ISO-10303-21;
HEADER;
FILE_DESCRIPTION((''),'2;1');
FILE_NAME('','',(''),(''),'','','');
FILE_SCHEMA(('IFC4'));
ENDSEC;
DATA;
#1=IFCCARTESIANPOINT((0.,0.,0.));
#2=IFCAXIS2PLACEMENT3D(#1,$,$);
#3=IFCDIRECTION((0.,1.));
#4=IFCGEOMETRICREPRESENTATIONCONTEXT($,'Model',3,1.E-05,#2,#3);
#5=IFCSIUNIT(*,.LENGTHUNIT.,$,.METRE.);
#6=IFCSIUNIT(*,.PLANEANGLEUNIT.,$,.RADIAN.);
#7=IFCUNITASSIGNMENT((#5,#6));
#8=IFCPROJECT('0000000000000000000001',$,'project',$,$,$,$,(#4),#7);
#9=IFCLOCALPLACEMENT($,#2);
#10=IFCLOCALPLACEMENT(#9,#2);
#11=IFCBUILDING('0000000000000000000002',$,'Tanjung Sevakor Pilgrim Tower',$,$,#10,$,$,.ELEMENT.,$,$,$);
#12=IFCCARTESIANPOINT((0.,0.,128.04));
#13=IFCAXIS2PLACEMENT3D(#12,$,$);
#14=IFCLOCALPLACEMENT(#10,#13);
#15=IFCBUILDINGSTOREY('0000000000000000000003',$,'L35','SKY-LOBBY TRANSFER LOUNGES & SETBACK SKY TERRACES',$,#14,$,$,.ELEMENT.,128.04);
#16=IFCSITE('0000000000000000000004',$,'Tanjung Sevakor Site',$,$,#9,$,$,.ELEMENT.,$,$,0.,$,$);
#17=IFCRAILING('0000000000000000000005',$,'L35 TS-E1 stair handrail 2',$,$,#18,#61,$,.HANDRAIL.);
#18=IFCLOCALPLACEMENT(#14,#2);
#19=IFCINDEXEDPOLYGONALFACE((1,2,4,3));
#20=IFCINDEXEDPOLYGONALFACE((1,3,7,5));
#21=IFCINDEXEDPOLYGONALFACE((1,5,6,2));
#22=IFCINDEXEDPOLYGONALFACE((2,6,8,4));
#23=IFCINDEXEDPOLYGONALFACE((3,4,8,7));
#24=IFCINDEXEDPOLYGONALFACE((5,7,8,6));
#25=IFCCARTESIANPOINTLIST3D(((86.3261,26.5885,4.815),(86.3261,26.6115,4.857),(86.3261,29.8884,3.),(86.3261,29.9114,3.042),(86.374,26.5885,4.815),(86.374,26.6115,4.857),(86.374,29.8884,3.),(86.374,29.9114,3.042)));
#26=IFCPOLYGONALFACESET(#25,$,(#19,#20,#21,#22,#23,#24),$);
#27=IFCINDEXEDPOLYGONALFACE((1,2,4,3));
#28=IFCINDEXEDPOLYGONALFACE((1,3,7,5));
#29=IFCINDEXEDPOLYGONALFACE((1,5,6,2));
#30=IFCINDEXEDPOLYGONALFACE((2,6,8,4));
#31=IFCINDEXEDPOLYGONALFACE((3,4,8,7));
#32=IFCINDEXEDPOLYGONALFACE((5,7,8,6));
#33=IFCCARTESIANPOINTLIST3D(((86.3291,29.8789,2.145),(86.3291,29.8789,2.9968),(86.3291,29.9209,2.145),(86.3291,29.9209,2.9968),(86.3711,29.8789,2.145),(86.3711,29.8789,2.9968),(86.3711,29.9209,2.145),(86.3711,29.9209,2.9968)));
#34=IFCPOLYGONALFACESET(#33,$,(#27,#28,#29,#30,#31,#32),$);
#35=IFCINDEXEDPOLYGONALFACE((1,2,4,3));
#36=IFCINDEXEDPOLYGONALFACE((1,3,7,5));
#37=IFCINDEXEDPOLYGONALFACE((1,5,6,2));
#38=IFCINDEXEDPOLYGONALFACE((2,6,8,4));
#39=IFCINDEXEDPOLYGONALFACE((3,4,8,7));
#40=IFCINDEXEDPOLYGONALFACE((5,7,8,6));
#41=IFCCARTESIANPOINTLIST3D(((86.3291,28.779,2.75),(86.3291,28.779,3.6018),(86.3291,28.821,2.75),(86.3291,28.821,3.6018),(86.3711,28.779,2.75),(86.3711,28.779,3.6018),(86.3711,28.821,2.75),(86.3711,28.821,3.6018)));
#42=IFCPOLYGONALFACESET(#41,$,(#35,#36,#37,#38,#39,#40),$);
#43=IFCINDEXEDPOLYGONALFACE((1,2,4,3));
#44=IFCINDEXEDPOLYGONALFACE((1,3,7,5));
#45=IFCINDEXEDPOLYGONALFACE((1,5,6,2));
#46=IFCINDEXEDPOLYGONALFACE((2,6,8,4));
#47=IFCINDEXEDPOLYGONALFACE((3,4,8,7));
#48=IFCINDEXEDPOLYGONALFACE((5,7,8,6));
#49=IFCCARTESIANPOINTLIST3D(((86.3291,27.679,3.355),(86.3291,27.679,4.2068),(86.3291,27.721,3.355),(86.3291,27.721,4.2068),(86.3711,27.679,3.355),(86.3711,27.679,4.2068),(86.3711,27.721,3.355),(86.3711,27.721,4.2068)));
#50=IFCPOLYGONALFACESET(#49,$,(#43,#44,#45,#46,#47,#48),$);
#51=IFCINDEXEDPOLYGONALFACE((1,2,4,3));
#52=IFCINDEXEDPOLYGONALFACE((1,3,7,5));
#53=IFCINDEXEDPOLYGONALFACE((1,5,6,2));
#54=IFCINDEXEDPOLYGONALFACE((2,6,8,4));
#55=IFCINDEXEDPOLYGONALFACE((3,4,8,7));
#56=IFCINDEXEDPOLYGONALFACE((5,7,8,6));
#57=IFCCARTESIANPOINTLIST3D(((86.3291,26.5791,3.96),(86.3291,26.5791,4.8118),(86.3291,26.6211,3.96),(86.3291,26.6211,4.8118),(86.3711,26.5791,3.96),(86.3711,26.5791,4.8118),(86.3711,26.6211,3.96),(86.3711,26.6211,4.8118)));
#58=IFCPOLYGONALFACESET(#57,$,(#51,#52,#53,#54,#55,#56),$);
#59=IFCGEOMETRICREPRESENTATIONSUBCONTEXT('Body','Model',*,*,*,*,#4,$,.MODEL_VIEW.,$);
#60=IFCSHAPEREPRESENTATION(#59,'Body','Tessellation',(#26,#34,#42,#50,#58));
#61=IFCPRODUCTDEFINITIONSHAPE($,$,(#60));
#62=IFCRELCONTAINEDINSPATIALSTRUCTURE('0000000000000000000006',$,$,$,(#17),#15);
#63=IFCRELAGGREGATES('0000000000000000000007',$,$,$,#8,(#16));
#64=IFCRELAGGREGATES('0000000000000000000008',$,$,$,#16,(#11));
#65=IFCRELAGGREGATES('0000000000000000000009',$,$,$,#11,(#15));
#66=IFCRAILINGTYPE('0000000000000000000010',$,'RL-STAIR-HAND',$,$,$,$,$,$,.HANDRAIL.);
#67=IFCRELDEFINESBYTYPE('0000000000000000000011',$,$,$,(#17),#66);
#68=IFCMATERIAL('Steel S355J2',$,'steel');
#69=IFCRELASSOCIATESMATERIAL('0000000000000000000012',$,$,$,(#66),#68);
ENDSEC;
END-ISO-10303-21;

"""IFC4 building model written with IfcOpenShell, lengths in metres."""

from ifc_helpers import new_model, si_unit, direction, frame, origin, place, context, subcontext, project, spatial, rectangle, extrude, material, type_object, element, save


model = new_model("IFC4")

# Units and contexts
model_context = context("Model", 3, precision=1e-05, world=origin(), true_north=direction((0.0, 1.0)))
body_context = subcontext(model_context, "Body", "Model", "MODEL_VIEW")
ifc_project = project(units=[si_unit("LENGTHUNIT", "METRE"), si_unit("PLANEANGLEUNIT", "RADIAN")], contexts=[model_context])

# Site, building, storey
site_placement = place(None, origin())
site = spatial("IfcSite", under=ifc_project, at=site_placement, Name="Tanjung Sevakor Site", CompositionType="ELEMENT", RefElevation=0.0)
building_placement = place(site_placement, origin())
building = spatial("IfcBuilding", under=site, at=building_placement, Name="Tanjung Sevakor Pilgrim Tower", CompositionType="ELEMENT")
storey_placement = place(building_placement, frame((0.0, 0.0, 128.04)))
storey = spatial("IfcBuildingStorey", under=building, at=storey_placement, Name="L35", Description="SKY-LOBBY TRANSFER LOUNGES & SETBACK SKY TERRACES", CompositionType="ELEMENT", Elevation=128.04)

# Railing
ifc_material_1 = material(Name="Steel S355J2", Category="steel")
railing_type_1 = type_object("IfcRailingType", Name="RL-STAIR-HAND", PredefinedType="HANDRAIL", material=ifc_material_1)
railing_1_placement = place(storey_placement, frame((86.3501, 29.8999, 2.145)))
element("IfcRailing", 1, at=railing_1_placement, inside=storey, type_object=railing_type_1, Name="L35 TS-E1 stair handrail 2", PredefinedType="HANDRAIL", context=body_context, shape_type="SweptSolid", body=[
    extrude(rectangle(XDim=0.0479, YDim=0.0479), frame((0.0, 0.0, 0.876), z_axis=(0.0, -0.87621, 0.481929), x_axis=(1.0, 0.0, 0.0)), (0.0, 0.0, 1.0), 3.7661),
    extrude(rectangle(XDim=0.042, YDim=0.042), origin(), (0.0, 0.0, 1.0), 0.8518),
    extrude(rectangle(XDim=0.042, YDim=0.042), frame((0.0, -1.0999, 0.605)), (0.0, 0.0, 1.0), 0.8518),
    extrude(rectangle(XDim=0.042, YDim=0.042), frame((0.0, -2.2, 1.21)), (0.0, 0.0, 1.0), 0.8518),
    extrude(rectangle(XDim=0.042, YDim=0.042), frame((0.0, -3.2998, 1.8149)), (0.0, 0.0, 1.0), 0.8518),
])

save(model, "model.ifc")
